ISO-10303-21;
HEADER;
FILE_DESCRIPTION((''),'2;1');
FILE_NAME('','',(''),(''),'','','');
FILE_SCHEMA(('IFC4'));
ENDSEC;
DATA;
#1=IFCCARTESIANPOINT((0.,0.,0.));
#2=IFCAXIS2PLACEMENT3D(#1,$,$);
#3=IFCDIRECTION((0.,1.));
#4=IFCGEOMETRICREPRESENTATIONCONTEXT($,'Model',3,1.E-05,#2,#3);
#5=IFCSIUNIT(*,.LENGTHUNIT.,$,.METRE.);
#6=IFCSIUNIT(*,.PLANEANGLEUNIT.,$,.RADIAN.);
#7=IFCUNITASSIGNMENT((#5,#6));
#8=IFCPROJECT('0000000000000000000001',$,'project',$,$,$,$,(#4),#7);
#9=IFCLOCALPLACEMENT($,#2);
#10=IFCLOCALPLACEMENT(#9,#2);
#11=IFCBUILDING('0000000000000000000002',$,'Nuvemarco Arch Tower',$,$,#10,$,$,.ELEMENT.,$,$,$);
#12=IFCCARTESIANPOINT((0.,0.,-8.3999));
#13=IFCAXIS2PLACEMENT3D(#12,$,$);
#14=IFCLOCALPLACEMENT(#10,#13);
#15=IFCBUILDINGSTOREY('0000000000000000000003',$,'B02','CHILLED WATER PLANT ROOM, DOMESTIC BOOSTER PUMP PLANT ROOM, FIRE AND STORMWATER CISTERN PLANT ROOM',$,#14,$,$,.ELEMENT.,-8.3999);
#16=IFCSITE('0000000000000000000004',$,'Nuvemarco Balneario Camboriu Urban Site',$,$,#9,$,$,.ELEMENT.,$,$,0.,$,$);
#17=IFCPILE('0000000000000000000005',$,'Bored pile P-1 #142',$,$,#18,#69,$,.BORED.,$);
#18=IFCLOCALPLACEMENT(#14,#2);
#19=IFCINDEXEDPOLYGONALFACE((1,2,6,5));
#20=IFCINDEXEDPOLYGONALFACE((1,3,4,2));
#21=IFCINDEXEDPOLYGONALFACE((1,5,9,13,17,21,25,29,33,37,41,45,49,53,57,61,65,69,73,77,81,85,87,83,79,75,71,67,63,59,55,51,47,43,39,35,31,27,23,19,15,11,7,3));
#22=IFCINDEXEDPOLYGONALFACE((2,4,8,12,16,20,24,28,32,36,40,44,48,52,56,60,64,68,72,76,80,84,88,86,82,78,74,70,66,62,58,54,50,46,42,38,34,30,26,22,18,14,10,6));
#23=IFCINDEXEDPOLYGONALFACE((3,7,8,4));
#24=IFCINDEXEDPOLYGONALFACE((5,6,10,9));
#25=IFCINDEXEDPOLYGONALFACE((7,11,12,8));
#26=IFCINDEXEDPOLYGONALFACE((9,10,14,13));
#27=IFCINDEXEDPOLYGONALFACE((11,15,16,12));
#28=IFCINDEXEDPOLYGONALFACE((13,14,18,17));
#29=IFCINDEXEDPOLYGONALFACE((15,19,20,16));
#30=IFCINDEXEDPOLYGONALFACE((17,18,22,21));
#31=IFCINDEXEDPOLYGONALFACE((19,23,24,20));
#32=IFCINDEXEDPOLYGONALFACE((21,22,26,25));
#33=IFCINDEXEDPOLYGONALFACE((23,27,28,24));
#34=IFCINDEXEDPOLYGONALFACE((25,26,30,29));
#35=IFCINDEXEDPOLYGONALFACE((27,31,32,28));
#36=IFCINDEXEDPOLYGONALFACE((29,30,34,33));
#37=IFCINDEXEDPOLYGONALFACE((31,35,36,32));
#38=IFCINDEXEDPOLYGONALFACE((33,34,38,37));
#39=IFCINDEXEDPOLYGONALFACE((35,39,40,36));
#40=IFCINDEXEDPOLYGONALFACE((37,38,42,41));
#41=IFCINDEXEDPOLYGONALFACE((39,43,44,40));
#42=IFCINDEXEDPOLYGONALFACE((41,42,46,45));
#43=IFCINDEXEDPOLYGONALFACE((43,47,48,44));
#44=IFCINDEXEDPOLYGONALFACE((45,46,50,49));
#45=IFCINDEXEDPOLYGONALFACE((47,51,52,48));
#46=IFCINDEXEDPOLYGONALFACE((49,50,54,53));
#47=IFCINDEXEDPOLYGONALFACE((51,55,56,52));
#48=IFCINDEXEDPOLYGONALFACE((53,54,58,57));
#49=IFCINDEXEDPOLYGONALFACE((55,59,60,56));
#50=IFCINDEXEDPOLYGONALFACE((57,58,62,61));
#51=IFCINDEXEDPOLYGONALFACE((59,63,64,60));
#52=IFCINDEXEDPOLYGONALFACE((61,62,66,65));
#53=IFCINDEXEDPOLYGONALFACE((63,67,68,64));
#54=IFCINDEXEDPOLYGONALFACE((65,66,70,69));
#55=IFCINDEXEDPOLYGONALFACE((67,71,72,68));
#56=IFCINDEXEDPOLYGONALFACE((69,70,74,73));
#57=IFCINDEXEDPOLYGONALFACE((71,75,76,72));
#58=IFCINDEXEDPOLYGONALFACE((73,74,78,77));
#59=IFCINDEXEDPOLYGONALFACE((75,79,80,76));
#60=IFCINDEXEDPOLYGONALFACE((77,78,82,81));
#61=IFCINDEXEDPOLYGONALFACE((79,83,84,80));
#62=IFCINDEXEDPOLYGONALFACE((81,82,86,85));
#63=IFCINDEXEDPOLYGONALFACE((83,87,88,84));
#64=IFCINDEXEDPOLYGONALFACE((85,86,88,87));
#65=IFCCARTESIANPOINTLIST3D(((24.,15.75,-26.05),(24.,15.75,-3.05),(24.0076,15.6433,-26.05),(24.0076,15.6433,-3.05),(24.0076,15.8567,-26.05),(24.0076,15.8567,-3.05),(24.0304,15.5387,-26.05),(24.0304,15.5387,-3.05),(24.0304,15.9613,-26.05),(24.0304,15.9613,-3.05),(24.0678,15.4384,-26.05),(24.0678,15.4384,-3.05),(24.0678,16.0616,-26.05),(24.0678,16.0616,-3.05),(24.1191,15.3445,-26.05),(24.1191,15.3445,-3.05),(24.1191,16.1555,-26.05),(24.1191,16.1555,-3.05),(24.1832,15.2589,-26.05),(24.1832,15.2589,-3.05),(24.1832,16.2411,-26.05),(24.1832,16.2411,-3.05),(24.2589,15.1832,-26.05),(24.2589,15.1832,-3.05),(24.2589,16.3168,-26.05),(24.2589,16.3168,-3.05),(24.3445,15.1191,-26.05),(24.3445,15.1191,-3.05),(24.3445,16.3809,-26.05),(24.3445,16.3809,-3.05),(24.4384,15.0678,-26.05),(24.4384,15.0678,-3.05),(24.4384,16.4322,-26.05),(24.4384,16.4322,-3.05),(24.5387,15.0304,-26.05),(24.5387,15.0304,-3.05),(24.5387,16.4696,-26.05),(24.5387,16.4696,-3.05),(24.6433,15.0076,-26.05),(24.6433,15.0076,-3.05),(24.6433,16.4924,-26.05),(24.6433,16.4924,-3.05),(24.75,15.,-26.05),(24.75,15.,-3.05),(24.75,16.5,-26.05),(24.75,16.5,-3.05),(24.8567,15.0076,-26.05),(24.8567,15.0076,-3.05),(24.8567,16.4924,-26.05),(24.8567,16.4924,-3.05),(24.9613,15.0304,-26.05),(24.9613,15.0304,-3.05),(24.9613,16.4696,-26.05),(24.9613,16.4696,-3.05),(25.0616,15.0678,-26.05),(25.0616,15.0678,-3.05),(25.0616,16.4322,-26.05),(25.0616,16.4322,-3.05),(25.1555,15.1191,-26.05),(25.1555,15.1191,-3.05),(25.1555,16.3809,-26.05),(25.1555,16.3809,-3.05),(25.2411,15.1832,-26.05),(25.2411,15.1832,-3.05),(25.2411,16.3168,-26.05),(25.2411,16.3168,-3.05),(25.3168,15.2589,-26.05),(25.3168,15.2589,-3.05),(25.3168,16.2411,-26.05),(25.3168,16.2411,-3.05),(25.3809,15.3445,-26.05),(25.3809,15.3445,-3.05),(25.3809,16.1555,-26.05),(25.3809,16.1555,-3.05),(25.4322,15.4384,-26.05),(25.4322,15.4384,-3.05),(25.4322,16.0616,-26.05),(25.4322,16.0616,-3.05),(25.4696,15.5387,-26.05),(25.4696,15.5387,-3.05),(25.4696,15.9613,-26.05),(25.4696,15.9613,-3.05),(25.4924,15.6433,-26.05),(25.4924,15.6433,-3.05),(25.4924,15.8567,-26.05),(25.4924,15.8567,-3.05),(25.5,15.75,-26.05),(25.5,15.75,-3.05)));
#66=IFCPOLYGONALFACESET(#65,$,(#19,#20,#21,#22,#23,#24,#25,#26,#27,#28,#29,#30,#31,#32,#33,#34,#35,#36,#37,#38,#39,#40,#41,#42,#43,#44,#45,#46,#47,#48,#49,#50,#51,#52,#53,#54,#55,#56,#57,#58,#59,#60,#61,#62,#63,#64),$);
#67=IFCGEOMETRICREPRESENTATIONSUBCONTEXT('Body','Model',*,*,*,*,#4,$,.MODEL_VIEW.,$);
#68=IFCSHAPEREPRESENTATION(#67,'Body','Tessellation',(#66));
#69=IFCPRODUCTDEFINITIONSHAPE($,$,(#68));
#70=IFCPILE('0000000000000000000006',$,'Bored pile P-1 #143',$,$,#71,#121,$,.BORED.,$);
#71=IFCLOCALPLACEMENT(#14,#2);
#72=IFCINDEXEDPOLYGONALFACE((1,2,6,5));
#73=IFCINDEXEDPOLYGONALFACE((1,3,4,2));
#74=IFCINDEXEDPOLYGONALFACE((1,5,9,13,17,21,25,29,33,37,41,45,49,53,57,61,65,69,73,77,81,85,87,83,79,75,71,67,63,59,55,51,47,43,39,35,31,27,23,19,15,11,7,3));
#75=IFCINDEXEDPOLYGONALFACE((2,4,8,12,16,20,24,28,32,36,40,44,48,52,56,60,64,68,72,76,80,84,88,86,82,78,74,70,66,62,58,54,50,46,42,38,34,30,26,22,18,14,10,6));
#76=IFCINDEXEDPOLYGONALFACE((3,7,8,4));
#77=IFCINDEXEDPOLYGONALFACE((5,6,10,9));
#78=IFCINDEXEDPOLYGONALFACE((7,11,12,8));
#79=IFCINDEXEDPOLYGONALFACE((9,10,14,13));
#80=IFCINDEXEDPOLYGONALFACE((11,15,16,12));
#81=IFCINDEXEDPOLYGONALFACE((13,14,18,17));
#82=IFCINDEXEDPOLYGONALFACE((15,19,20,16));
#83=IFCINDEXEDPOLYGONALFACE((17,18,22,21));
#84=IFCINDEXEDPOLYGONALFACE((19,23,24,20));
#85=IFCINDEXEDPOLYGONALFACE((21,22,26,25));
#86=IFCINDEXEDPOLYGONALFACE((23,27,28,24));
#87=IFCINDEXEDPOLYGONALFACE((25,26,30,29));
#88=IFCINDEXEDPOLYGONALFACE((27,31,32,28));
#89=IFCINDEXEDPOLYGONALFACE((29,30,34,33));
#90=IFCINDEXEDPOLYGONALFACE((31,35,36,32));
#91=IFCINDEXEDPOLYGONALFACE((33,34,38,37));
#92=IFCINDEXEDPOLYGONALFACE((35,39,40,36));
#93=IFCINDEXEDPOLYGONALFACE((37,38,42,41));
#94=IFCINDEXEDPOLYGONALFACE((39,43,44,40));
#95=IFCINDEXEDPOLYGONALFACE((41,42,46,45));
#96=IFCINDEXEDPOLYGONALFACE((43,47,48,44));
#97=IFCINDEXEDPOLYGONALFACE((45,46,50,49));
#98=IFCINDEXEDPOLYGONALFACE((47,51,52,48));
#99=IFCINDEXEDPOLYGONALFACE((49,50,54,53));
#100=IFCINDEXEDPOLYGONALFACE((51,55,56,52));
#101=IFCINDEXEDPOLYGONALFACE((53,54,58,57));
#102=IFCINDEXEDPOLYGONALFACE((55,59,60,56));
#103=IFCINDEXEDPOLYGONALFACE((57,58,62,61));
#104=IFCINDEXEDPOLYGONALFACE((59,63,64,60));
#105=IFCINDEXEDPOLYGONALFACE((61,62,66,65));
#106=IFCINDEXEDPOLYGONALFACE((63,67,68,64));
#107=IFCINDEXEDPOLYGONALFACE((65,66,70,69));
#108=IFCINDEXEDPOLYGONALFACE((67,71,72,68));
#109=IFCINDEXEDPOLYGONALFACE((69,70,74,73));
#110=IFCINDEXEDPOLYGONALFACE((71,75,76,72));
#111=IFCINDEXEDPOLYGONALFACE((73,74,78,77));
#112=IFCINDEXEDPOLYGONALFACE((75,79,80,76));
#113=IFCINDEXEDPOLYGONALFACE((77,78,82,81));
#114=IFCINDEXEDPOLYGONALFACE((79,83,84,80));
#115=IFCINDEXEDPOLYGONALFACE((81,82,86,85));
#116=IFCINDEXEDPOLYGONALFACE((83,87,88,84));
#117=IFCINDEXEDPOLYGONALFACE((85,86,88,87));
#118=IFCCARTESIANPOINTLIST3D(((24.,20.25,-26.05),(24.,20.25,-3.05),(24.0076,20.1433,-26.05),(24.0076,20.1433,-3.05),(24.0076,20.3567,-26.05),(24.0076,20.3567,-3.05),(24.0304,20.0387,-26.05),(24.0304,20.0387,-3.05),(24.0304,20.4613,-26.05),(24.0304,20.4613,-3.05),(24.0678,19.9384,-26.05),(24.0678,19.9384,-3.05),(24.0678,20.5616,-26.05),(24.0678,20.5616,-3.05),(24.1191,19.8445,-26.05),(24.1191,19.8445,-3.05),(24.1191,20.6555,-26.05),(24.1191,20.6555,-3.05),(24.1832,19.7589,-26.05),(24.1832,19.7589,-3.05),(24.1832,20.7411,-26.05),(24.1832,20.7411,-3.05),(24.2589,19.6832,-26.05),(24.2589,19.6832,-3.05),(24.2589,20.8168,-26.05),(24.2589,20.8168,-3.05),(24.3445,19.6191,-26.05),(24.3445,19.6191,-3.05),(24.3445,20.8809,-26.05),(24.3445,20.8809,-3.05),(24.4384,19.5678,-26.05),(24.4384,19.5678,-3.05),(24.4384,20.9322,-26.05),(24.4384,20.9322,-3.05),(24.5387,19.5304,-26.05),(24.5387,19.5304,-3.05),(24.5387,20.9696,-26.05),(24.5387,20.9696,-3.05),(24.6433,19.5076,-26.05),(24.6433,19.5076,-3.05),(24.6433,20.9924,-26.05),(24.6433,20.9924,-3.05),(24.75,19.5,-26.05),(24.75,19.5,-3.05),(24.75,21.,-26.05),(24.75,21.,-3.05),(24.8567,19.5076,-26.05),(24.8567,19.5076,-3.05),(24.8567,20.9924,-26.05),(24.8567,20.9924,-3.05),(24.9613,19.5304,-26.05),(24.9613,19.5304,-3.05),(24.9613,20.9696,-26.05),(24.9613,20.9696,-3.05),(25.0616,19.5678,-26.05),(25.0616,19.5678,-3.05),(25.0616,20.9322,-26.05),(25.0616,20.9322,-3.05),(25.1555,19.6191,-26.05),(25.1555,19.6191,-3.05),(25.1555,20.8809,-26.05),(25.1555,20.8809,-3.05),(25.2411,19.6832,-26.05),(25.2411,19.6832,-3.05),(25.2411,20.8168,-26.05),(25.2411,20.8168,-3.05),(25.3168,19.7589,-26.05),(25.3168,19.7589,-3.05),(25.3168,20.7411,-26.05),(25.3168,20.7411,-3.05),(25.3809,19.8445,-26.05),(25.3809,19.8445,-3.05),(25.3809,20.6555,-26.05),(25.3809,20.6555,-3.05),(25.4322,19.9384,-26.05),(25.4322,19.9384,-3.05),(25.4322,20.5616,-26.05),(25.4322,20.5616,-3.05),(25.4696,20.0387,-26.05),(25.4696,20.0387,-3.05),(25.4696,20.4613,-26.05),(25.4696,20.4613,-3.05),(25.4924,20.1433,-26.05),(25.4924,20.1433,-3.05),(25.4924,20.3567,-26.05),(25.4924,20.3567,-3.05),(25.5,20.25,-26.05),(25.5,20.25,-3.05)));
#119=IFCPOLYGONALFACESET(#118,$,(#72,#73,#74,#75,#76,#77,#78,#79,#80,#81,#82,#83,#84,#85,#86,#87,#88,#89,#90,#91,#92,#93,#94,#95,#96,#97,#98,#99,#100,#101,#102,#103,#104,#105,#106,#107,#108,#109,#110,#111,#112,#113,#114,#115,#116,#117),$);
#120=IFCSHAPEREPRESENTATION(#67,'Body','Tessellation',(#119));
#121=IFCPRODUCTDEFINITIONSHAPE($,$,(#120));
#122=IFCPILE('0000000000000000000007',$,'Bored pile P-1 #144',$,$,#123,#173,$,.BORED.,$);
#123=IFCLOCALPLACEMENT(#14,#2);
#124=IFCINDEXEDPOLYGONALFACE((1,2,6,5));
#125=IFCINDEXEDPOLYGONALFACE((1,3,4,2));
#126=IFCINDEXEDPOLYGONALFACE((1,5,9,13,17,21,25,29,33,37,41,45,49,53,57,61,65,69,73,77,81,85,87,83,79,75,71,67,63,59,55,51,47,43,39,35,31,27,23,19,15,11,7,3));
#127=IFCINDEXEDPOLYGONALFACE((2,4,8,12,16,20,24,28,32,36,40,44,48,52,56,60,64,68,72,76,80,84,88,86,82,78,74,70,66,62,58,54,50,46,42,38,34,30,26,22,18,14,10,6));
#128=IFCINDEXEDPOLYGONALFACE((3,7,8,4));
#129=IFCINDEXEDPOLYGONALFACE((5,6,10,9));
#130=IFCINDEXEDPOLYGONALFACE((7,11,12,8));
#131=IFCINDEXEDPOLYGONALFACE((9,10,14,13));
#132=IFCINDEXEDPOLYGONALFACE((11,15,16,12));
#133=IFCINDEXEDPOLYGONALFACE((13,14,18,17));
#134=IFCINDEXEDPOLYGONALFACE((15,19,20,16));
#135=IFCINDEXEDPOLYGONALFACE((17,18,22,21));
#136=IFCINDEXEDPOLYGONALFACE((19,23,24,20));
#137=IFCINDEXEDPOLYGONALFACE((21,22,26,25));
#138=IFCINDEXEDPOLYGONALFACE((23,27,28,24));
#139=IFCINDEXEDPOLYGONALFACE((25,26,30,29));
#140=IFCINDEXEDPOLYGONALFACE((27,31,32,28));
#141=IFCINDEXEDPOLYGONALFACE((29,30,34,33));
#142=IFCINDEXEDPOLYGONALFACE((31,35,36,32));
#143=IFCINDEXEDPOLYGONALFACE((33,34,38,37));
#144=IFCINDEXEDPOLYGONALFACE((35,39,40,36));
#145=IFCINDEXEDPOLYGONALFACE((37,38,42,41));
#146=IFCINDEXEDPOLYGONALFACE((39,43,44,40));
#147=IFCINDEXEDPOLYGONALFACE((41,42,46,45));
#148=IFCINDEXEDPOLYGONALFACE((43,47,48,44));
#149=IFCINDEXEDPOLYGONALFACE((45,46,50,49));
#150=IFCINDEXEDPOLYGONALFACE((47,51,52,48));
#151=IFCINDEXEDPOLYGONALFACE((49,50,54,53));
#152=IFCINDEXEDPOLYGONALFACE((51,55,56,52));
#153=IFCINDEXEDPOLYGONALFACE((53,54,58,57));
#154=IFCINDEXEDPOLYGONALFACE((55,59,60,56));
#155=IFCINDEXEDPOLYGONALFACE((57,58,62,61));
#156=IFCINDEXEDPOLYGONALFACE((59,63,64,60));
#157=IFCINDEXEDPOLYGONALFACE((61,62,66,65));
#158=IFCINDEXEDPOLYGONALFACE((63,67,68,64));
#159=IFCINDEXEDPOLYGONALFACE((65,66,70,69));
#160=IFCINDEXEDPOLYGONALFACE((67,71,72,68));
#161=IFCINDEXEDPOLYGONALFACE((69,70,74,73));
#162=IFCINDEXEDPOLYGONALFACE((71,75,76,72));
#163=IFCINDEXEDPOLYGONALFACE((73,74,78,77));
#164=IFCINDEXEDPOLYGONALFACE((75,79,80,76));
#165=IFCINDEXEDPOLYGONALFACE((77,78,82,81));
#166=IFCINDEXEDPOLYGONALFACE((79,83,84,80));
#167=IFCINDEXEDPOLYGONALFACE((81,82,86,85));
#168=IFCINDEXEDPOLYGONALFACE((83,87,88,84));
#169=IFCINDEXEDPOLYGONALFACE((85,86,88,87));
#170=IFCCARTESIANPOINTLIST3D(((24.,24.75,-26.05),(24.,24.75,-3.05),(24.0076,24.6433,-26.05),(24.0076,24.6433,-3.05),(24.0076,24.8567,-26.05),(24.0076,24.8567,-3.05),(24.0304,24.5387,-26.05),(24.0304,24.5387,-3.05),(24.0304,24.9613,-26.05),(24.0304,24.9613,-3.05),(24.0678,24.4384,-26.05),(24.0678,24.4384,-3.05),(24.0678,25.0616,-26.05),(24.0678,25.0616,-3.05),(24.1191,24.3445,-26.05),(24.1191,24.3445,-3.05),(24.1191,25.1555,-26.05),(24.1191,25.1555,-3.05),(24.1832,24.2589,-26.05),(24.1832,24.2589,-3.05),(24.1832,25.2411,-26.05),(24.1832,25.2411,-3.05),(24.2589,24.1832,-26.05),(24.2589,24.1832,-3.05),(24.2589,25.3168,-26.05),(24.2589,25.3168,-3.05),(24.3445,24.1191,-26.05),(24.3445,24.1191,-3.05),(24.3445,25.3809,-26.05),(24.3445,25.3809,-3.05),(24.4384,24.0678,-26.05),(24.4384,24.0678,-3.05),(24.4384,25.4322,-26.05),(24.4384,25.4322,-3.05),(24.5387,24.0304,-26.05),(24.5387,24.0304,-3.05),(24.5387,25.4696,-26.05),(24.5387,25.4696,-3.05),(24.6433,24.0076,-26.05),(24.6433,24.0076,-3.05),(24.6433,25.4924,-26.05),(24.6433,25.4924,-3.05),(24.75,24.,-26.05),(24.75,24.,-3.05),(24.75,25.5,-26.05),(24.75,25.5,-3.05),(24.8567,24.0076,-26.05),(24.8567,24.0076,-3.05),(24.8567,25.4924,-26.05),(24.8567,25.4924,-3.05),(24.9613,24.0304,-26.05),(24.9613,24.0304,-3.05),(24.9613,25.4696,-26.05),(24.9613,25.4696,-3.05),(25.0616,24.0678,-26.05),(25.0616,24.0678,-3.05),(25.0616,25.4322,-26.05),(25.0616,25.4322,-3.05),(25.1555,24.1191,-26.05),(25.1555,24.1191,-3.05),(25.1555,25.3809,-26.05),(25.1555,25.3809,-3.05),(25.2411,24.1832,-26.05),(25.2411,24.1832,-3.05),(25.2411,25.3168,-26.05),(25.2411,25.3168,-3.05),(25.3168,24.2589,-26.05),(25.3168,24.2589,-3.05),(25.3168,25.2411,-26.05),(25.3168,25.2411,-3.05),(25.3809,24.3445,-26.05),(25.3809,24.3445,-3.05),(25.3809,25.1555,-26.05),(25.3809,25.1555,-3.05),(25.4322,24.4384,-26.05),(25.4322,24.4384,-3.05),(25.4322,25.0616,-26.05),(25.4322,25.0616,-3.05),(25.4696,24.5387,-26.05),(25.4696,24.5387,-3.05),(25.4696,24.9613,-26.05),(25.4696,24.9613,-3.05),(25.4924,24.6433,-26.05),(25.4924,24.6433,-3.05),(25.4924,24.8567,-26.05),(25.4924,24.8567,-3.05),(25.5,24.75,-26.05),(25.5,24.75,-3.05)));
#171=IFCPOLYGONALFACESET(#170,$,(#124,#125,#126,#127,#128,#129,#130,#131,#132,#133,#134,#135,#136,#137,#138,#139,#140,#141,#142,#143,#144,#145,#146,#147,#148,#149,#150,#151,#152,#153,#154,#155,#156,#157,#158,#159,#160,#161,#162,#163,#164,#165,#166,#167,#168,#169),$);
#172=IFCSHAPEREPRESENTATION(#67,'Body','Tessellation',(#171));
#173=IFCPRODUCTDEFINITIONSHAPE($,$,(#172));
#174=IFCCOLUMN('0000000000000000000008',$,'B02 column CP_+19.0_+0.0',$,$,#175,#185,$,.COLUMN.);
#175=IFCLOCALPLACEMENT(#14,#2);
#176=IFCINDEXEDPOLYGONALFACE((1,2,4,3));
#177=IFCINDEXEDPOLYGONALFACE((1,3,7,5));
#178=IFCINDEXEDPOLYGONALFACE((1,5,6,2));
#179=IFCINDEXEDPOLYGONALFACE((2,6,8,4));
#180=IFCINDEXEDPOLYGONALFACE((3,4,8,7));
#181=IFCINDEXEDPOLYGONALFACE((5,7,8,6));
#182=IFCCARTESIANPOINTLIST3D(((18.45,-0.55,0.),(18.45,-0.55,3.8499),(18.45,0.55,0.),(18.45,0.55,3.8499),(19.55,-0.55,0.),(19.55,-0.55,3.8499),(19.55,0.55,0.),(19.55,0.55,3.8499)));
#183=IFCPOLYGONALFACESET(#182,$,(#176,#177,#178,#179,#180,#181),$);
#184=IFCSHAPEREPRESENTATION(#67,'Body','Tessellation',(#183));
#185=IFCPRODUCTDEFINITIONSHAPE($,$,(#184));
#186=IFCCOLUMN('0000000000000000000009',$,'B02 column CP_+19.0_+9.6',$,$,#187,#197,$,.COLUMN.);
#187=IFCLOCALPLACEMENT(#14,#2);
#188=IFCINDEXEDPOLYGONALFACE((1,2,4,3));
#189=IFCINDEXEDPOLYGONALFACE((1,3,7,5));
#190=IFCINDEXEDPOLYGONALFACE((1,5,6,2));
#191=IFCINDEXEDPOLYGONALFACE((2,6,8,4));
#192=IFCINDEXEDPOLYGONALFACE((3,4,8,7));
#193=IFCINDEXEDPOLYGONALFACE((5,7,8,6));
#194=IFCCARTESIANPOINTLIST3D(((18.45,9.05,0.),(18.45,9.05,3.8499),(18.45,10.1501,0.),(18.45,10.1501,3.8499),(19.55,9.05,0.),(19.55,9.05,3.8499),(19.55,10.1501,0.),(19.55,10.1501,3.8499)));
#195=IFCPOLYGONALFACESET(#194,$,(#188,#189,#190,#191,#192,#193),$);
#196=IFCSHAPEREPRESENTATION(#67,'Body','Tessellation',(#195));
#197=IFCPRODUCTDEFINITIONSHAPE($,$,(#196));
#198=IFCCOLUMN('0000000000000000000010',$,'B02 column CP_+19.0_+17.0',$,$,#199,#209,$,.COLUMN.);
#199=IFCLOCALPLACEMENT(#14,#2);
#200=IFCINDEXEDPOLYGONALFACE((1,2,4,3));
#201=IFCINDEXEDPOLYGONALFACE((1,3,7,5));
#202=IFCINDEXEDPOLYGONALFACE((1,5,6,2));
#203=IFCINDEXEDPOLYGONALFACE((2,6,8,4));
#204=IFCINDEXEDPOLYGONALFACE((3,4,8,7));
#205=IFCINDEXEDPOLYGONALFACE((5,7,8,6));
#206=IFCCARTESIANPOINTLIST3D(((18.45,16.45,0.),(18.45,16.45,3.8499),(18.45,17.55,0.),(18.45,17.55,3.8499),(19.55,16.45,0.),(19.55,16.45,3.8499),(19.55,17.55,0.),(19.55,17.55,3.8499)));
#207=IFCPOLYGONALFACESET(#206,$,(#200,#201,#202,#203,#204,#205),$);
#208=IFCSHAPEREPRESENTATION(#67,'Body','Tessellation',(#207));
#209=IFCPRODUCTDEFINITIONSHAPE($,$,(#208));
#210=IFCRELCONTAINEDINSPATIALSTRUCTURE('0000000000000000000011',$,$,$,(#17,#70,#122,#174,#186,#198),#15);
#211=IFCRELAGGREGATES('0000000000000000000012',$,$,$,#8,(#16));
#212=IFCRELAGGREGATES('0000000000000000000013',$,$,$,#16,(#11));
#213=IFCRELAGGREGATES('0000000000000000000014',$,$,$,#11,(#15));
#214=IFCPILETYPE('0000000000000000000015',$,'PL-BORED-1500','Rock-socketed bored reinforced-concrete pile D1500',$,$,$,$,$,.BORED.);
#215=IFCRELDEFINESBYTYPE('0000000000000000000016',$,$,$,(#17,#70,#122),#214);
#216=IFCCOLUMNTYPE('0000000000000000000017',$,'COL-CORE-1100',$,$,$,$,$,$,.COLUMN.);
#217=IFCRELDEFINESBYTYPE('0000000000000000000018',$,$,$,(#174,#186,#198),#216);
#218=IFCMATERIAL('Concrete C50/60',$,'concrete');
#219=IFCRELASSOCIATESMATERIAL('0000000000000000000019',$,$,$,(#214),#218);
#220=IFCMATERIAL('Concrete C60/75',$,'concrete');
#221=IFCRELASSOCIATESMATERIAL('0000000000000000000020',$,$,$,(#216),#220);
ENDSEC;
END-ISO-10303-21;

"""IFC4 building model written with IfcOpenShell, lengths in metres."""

from ifc_helpers import new_model, si_unit, direction, frame, origin, origin_2d, place, context, subcontext, project, spatial, rectangle, circle, extrude, material, material_profile, profile_set, type_object, element, save


model = new_model("IFC4")

# Units and contexts
model_context = context("Model", 3, precision=1e-05, world=origin(), true_north=direction((0.0, 1.0)))
body_context = subcontext(model_context, "Body", "Model", "MODEL_VIEW")
ifc_project = project(units=[si_unit("LENGTHUNIT", "METRE"), si_unit("PLANEANGLEUNIT", "RADIAN")], contexts=[model_context])

# Site, building, storey
site_placement = place(None, origin())
site = spatial("IfcSite", under=ifc_project, at=site_placement, Name="Nuvemarco Balneario Camboriu Urban Site", CompositionType="ELEMENT", RefElevation=0.0)
building_placement = place(site_placement, origin())
building = spatial("IfcBuilding", under=site, at=building_placement, Name="Nuvemarco Arch Tower", CompositionType="ELEMENT")
storey_placement = place(building_placement, frame((0.0, 0.0, -8.3999)))
storey = spatial("IfcBuildingStorey", under=building, at=storey_placement, Name="B02", Description="CHILLED WATER PLANT ROOM, DOMESTIC BOOSTER PUMP PLANT ROOM, FIRE AND STORMWATER CISTERN PLANT ROOM", CompositionType="ELEMENT", Elevation=-8.3999)

# Piles
ifc_material_1 = material(Name="Concrete C50/60", Category="concrete")
ifc_material_profile_1 = material_profile(ifc_material_1, circle(Radius=0.75, at=origin_2d()), Name="PILE-D1500")
ifc_profile_set_1 = profile_set([ifc_material_profile_1], Name="Concrete C50/60")
pile_type = type_object("IfcPileType", Name="PL-BORED-1500", Description="Rock-socketed bored reinforced-concrete pile D1500", PredefinedType="BORED", material=ifc_profile_set_1)
for number, where, z_axis, x_axis, name in (
    (1, (24.75, 15.75, -3.05), (0.0, 0.0, -1.0), (1.0, 0.0, 0.0), "Bored pile P-1 #142"),
    (2, (24.75, 20.25, -3.05), (0.0, 0.0, -1.0), (1.0, 0.0, 0.0), "Bored pile P-1 #143"),
    (3, (24.75, 24.75, -3.05), (0.0, 0.0, -1.0), (1.0, 0.0, 0.0), "Bored pile P-1 #144"),
):
    element("IfcPile", number, at=place(storey_placement, frame(where, z_axis=z_axis, x_axis=x_axis)), inside=storey, type_object=pile_type, Name=name, PredefinedType="BORED", context=body_context, shape_type="SweptSolid", body=[
        extrude(circle(Radius=0.75, at=origin_2d()), origin(), (0.0, 0.0, 1.0), 23.0),
    ])

# Columns
ifc_material_2 = material(Name="Concrete C60/75", Category="concrete")
ifc_material_profile_2 = material_profile(ifc_material_2, rectangle(XDim=1.1001, YDim=1.1001, at=origin_2d()), Name="RC-COL-1100x1100")
ifc_profile_set_2 = profile_set([ifc_material_profile_2], Name="Concrete C60/75")
column_type_1 = type_object("IfcColumnType", Name="COL-CORE-1100", PredefinedType="COLUMN", material=ifc_profile_set_2)
for number, where, z_axis, x_axis, name in (
    (4, (19.0, 0.0, 0.0), (0.0, 0.0, 1.0), (1.0, 0.0, 0.0), "B02 column CP_+19.0_+0.0"),
    (5, (19.0, 9.6001, 0.0), (0.0, 0.0, 1.0), (1.0, 0.0, 0.0), "B02 column CP_+19.0_+9.6"),
    (6, (19.0, 17.0, 0.0), (0.0, 0.0, 1.0), (1.0, 0.0, 0.0), "B02 column CP_+19.0_+17.0"),
):
    element("IfcColumn", number, at=place(storey_placement, frame(where, z_axis=z_axis, x_axis=x_axis)), inside=storey, type_object=column_type_1, Name=name, PredefinedType="COLUMN", context=body_context, shape_type="SweptSolid", body=[
        extrude(rectangle(XDim=1.1001, YDim=1.1001, at=origin_2d()), origin(), (0.0, 0.0, 1.0), 3.8499),
    ])

save(model, "model.ifc")
